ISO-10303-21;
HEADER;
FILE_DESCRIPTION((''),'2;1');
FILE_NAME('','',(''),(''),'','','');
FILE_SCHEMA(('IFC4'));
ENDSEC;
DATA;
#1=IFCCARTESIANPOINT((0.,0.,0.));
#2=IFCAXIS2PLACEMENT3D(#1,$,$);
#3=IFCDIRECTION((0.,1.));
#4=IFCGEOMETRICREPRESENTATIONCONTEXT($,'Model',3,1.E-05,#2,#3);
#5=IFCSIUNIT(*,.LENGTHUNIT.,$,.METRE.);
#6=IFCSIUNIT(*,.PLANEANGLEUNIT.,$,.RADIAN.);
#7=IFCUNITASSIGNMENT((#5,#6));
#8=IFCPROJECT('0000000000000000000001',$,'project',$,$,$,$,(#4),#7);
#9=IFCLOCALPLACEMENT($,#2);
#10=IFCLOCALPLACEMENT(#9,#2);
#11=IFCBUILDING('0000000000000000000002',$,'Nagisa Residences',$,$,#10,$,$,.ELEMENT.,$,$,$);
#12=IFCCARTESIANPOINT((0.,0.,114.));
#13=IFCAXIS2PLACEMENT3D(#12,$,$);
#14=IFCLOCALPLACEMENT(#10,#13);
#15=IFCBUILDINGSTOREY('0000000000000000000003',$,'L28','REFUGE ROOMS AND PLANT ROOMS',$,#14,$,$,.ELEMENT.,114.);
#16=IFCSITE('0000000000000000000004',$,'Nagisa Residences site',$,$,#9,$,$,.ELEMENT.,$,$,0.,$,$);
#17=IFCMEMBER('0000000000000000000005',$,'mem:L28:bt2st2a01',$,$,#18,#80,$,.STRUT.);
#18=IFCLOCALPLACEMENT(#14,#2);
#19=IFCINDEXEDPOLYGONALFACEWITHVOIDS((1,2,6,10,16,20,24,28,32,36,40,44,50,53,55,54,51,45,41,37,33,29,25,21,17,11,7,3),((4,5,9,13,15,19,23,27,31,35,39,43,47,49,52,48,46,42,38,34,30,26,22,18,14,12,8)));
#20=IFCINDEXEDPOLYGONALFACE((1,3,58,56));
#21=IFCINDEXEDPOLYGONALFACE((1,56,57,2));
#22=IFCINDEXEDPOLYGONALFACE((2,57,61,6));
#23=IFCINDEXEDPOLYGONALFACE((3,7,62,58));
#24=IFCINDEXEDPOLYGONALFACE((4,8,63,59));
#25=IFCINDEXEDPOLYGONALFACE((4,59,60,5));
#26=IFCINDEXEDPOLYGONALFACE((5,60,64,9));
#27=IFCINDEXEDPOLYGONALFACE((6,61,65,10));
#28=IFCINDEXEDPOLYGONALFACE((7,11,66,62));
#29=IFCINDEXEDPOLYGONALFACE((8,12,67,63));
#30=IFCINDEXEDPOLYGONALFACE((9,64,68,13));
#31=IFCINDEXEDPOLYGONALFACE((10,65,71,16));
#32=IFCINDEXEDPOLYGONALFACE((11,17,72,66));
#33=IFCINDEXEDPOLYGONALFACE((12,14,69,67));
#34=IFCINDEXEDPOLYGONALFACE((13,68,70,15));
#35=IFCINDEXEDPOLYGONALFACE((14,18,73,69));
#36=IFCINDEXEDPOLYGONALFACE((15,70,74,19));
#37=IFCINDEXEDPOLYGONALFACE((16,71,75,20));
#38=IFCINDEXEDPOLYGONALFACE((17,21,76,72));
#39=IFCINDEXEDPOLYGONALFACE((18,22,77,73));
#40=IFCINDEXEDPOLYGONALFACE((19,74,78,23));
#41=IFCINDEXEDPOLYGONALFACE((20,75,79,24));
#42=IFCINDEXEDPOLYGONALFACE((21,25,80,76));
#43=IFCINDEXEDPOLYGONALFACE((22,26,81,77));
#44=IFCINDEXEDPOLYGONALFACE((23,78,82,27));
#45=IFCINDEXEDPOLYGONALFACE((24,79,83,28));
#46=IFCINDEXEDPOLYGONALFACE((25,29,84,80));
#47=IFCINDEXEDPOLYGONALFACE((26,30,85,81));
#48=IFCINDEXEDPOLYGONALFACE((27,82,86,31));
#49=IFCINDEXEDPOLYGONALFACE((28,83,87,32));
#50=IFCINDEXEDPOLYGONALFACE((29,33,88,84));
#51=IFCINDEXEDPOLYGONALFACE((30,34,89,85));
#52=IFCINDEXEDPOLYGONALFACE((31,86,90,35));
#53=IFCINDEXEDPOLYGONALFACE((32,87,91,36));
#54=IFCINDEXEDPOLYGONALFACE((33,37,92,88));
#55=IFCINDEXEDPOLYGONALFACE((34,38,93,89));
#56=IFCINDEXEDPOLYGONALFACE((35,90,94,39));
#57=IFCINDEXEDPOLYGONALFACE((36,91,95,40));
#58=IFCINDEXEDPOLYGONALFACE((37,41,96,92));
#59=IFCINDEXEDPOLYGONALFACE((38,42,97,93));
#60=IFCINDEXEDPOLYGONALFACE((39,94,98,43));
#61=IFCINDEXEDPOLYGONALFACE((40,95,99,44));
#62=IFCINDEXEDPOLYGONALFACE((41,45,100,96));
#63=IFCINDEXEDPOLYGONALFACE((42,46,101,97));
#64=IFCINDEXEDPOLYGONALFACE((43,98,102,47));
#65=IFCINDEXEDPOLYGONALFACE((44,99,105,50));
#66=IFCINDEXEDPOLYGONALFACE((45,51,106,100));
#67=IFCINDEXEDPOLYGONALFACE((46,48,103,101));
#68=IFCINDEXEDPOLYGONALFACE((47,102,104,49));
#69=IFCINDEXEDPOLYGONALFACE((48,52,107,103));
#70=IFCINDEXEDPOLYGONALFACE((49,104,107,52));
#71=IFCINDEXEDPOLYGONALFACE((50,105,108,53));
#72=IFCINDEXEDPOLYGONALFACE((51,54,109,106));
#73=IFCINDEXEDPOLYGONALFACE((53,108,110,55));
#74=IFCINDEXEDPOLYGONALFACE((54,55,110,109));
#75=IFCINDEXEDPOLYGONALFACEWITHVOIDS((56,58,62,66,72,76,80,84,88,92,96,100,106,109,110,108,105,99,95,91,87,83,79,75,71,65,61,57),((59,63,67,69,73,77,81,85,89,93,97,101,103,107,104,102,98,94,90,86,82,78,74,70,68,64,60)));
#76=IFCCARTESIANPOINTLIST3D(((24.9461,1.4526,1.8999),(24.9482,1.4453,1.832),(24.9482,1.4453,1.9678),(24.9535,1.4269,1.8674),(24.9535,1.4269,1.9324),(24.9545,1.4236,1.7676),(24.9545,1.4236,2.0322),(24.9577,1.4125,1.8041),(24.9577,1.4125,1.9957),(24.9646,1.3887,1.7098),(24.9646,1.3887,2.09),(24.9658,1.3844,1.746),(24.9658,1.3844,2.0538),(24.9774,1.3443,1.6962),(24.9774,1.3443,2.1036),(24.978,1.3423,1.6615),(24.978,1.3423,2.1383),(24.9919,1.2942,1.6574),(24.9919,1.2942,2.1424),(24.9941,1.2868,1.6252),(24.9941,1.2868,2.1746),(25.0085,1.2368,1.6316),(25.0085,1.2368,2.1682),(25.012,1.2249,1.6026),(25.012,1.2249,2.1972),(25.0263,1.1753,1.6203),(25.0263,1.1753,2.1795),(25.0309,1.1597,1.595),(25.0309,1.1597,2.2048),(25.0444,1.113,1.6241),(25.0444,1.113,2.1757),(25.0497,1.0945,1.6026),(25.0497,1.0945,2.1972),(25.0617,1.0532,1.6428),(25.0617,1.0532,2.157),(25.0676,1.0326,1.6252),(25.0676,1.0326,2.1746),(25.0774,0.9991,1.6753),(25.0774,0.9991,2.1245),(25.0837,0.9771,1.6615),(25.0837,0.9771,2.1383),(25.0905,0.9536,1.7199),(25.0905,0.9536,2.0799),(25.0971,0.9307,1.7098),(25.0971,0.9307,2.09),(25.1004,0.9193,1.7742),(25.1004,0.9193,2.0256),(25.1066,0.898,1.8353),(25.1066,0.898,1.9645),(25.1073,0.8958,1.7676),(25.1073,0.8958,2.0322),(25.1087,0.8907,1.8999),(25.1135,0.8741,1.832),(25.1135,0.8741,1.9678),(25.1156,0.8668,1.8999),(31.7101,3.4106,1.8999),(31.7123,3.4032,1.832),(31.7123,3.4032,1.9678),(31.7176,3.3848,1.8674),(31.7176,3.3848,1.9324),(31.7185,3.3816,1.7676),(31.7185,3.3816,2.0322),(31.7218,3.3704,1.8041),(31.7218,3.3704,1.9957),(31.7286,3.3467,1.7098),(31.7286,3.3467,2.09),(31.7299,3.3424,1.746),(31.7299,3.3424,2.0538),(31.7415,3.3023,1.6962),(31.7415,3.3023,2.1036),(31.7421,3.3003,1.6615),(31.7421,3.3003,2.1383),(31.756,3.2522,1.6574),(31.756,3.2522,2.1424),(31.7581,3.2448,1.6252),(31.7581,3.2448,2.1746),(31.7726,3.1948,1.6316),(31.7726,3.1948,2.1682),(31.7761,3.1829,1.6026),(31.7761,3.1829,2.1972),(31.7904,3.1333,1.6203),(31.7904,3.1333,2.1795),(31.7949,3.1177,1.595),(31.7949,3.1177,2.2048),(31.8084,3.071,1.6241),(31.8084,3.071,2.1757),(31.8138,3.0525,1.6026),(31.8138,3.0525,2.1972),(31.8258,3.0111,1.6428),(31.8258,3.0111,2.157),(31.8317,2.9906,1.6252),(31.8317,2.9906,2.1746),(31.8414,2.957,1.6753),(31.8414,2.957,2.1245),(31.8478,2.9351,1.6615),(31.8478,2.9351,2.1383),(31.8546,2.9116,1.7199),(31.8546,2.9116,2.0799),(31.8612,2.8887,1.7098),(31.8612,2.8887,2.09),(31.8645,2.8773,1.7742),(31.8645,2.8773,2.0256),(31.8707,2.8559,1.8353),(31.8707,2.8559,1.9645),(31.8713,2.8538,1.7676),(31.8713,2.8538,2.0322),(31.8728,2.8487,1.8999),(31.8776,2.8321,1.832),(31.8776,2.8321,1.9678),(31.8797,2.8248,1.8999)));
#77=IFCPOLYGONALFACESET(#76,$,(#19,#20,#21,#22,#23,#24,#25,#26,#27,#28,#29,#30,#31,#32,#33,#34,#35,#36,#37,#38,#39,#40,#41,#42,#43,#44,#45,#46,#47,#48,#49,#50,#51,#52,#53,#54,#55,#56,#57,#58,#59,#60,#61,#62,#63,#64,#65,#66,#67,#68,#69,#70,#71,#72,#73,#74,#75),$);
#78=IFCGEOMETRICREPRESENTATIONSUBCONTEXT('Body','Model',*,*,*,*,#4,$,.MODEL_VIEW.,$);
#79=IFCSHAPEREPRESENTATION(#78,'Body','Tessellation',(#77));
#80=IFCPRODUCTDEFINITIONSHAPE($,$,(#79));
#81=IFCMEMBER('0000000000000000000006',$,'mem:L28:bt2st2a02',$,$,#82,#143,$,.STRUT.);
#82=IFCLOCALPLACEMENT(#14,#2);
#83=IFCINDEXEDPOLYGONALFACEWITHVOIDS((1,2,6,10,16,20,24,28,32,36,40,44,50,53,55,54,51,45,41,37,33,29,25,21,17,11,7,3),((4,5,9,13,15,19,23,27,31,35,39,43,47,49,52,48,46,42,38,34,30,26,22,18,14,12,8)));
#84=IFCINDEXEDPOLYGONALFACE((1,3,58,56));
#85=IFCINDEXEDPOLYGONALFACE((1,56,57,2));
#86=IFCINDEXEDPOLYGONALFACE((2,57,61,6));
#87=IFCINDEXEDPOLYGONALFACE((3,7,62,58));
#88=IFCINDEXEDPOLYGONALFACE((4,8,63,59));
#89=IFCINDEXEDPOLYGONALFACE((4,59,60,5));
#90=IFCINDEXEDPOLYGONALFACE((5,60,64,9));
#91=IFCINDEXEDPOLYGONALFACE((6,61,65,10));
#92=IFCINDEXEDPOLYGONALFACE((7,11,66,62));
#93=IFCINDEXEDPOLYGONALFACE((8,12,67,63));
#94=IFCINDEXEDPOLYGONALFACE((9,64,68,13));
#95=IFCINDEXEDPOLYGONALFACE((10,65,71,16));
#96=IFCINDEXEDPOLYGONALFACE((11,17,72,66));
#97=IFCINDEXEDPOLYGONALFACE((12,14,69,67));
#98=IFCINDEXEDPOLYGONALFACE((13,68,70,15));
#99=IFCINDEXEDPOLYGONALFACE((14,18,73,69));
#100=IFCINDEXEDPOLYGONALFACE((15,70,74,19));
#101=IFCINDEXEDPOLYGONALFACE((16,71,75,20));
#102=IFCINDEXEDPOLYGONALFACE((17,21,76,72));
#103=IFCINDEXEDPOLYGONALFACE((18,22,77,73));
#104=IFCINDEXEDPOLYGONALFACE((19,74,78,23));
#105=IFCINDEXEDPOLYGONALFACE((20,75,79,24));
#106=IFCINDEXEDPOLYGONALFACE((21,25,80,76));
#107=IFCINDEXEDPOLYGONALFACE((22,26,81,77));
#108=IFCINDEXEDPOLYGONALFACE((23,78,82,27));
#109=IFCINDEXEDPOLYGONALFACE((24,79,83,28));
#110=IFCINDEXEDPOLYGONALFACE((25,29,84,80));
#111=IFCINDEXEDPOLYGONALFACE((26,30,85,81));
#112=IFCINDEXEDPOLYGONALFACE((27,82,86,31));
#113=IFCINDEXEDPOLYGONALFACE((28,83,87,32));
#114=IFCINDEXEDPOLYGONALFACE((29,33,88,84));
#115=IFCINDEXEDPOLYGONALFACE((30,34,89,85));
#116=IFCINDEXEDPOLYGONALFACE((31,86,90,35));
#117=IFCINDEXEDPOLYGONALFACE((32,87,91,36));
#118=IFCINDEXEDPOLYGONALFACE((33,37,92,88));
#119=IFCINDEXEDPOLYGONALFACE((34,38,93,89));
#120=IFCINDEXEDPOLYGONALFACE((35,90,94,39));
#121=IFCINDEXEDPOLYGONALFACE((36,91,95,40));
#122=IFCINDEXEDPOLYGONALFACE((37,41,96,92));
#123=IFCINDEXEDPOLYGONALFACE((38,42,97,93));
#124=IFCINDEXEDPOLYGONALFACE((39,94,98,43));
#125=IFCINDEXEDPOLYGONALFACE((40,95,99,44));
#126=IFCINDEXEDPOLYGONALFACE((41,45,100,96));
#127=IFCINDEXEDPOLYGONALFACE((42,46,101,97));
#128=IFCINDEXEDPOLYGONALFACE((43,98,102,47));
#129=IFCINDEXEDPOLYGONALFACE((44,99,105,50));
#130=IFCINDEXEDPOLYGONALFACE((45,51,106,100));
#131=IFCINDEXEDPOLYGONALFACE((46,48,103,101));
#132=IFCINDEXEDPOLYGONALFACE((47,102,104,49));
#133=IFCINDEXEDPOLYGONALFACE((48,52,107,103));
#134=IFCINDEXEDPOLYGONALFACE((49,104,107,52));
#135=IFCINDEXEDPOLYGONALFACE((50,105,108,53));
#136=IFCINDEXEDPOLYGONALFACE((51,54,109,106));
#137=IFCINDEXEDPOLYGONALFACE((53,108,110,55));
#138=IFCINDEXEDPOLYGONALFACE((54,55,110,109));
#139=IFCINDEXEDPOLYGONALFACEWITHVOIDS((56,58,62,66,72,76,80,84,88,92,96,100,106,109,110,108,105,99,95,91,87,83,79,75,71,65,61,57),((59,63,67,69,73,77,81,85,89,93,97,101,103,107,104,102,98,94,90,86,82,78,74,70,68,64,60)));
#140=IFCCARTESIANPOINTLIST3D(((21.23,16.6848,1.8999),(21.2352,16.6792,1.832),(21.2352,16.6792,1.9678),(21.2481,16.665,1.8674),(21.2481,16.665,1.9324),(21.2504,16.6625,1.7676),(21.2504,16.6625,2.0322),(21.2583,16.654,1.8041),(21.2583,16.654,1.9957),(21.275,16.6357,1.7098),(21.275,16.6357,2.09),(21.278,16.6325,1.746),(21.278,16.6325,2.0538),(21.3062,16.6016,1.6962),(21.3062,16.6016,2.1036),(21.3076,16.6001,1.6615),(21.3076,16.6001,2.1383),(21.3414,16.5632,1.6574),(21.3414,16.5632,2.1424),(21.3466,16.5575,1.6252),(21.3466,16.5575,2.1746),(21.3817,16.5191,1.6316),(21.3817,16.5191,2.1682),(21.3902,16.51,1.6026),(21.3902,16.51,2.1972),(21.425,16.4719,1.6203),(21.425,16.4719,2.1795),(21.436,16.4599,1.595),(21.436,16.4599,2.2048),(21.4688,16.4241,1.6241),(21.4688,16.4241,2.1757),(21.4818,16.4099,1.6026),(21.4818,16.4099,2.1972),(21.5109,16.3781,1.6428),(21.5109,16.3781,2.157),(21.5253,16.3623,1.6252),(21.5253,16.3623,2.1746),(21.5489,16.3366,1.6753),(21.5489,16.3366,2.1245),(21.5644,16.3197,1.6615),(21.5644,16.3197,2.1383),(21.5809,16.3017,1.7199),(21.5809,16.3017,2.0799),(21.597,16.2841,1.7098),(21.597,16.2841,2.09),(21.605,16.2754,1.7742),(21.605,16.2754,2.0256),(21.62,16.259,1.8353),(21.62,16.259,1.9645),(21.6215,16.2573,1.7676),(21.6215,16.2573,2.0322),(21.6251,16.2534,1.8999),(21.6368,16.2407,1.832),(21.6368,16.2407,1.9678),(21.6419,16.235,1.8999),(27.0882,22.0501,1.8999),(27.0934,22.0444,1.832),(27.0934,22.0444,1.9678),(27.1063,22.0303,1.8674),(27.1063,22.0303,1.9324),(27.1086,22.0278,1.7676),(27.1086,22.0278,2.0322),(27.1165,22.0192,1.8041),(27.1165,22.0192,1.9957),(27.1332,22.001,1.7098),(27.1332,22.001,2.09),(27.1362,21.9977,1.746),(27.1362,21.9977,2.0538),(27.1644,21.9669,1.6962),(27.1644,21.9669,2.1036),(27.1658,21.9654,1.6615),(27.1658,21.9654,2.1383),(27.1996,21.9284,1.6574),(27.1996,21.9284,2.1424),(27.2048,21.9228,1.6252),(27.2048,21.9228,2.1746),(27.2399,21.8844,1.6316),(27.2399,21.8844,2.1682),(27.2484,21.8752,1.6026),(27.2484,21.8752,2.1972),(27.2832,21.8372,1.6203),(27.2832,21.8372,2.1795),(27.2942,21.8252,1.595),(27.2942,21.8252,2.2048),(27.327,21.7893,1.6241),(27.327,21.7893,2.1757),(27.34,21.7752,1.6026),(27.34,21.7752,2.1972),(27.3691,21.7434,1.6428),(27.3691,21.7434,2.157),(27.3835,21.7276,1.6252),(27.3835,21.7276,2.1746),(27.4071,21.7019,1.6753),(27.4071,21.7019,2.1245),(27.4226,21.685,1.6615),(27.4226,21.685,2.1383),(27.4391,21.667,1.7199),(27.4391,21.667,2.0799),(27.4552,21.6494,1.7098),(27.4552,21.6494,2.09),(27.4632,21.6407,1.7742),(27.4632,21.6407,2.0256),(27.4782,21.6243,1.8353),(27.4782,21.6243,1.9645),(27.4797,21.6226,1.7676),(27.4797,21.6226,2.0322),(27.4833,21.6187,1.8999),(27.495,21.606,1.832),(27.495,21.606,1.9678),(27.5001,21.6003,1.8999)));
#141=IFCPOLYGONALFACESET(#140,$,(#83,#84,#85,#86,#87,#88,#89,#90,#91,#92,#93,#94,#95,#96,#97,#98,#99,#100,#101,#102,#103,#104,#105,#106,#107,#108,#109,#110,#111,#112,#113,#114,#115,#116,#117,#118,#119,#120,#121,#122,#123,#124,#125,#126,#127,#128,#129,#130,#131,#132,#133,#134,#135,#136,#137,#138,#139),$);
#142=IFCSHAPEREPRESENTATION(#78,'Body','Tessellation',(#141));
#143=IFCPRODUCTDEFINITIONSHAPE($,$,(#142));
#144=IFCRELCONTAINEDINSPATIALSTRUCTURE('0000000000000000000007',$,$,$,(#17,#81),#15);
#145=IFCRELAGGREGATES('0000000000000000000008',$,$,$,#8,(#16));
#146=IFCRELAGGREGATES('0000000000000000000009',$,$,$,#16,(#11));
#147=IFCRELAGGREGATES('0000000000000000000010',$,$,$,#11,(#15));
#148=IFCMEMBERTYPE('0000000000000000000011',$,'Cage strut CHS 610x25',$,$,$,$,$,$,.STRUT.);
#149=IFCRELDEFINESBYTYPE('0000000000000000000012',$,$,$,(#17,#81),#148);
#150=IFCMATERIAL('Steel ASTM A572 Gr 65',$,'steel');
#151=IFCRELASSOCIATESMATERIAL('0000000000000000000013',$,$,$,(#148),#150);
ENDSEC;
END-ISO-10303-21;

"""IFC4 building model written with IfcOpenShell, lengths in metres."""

from ifc_helpers import new_model, si_unit, direction, frame, origin, origin_2d, place, context, subcontext, project, spatial, hollow_circle, extrude, material, material_profile, profile_set, type_object, element, save


model = new_model("IFC4")

# Units and contexts
model_context = context("Model", 3, precision=1e-05, world=origin(), true_north=direction((0.0, 1.0)))
body_context = subcontext(model_context, "Body", "Model", "MODEL_VIEW")
ifc_project = project(units=[si_unit("LENGTHUNIT", "METRE"), si_unit("PLANEANGLEUNIT", "RADIAN")], contexts=[model_context])

# Site, building, storey
site_placement = place(None, origin())
site = spatial("IfcSite", under=ifc_project, at=site_placement, Name="Nagisa Residences site", CompositionType="ELEMENT", RefElevation=0.0)
building_placement = place(site_placement, origin())
building = spatial("IfcBuilding", under=site, at=building_placement, Name="Nagisa Residences", CompositionType="ELEMENT")
storey_placement = place(building_placement, frame((0.0, 0.0, 114.0)))
storey = spatial("IfcBuildingStorey", under=building, at=storey_placement, Name="L28", Description="REFUGE ROOMS AND PLANT ROOMS", CompositionType="ELEMENT", Elevation=114.0)

# Members
ifc_material_1 = material(Name="Steel ASTM A572 Gr 65", Category="steel")
ifc_material_profile_1 = material_profile(ifc_material_1, hollow_circle(Radius=0.3049, WallThickness=0.0249, at=origin_2d()), Name="CHS 610x25")
ifc_profile_set_1 = profile_set([ifc_material_profile_1], Name="Steel ASTM A572 Gr 65")
member_type_1 = type_object("IfcMemberType", Name="Cage strut CHS 610x25", PredefinedType="STRUT", material=ifc_profile_set_1)
member_1_placement = place(storey_placement, frame((31.7949, 3.1177, 1.8999), z_axis=(-0.960566, -0.278053, 0.0), x_axis=(0.278053, -0.960566, 0.0)))
element("IfcMember", 1, at=member_1_placement, inside=storey, type_object=member_type_1, Name="mem:L28:bt2st2a01", PredefinedType="STRUT", context=body_context, shape_type="SweptSolid", body=[
    extrude(hollow_circle(Radius=0.3049, WallThickness=0.0249, at=origin_2d()), origin(), (0.0, 0.0, 1.0), 7.0417),
])
member_2_placement = place(storey_placement, frame((27.2942, 21.8252, 1.8999), z_axis=(-0.737451, -0.6754, 0.0), x_axis=(0.6754, -0.737451, 0.0)))
element("IfcMember", 2, at=member_2_placement, inside=storey, type_object=member_type_1, Name="mem:L28:bt2st2a02", PredefinedType="STRUT", context=body_context, shape_type="SweptSolid", body=[
    extrude(hollow_circle(Radius=0.3049, WallThickness=0.0249, at=origin_2d()), origin(), (0.0, 0.0, 1.0), 7.9438),
])

save(model, "model.ifc")
